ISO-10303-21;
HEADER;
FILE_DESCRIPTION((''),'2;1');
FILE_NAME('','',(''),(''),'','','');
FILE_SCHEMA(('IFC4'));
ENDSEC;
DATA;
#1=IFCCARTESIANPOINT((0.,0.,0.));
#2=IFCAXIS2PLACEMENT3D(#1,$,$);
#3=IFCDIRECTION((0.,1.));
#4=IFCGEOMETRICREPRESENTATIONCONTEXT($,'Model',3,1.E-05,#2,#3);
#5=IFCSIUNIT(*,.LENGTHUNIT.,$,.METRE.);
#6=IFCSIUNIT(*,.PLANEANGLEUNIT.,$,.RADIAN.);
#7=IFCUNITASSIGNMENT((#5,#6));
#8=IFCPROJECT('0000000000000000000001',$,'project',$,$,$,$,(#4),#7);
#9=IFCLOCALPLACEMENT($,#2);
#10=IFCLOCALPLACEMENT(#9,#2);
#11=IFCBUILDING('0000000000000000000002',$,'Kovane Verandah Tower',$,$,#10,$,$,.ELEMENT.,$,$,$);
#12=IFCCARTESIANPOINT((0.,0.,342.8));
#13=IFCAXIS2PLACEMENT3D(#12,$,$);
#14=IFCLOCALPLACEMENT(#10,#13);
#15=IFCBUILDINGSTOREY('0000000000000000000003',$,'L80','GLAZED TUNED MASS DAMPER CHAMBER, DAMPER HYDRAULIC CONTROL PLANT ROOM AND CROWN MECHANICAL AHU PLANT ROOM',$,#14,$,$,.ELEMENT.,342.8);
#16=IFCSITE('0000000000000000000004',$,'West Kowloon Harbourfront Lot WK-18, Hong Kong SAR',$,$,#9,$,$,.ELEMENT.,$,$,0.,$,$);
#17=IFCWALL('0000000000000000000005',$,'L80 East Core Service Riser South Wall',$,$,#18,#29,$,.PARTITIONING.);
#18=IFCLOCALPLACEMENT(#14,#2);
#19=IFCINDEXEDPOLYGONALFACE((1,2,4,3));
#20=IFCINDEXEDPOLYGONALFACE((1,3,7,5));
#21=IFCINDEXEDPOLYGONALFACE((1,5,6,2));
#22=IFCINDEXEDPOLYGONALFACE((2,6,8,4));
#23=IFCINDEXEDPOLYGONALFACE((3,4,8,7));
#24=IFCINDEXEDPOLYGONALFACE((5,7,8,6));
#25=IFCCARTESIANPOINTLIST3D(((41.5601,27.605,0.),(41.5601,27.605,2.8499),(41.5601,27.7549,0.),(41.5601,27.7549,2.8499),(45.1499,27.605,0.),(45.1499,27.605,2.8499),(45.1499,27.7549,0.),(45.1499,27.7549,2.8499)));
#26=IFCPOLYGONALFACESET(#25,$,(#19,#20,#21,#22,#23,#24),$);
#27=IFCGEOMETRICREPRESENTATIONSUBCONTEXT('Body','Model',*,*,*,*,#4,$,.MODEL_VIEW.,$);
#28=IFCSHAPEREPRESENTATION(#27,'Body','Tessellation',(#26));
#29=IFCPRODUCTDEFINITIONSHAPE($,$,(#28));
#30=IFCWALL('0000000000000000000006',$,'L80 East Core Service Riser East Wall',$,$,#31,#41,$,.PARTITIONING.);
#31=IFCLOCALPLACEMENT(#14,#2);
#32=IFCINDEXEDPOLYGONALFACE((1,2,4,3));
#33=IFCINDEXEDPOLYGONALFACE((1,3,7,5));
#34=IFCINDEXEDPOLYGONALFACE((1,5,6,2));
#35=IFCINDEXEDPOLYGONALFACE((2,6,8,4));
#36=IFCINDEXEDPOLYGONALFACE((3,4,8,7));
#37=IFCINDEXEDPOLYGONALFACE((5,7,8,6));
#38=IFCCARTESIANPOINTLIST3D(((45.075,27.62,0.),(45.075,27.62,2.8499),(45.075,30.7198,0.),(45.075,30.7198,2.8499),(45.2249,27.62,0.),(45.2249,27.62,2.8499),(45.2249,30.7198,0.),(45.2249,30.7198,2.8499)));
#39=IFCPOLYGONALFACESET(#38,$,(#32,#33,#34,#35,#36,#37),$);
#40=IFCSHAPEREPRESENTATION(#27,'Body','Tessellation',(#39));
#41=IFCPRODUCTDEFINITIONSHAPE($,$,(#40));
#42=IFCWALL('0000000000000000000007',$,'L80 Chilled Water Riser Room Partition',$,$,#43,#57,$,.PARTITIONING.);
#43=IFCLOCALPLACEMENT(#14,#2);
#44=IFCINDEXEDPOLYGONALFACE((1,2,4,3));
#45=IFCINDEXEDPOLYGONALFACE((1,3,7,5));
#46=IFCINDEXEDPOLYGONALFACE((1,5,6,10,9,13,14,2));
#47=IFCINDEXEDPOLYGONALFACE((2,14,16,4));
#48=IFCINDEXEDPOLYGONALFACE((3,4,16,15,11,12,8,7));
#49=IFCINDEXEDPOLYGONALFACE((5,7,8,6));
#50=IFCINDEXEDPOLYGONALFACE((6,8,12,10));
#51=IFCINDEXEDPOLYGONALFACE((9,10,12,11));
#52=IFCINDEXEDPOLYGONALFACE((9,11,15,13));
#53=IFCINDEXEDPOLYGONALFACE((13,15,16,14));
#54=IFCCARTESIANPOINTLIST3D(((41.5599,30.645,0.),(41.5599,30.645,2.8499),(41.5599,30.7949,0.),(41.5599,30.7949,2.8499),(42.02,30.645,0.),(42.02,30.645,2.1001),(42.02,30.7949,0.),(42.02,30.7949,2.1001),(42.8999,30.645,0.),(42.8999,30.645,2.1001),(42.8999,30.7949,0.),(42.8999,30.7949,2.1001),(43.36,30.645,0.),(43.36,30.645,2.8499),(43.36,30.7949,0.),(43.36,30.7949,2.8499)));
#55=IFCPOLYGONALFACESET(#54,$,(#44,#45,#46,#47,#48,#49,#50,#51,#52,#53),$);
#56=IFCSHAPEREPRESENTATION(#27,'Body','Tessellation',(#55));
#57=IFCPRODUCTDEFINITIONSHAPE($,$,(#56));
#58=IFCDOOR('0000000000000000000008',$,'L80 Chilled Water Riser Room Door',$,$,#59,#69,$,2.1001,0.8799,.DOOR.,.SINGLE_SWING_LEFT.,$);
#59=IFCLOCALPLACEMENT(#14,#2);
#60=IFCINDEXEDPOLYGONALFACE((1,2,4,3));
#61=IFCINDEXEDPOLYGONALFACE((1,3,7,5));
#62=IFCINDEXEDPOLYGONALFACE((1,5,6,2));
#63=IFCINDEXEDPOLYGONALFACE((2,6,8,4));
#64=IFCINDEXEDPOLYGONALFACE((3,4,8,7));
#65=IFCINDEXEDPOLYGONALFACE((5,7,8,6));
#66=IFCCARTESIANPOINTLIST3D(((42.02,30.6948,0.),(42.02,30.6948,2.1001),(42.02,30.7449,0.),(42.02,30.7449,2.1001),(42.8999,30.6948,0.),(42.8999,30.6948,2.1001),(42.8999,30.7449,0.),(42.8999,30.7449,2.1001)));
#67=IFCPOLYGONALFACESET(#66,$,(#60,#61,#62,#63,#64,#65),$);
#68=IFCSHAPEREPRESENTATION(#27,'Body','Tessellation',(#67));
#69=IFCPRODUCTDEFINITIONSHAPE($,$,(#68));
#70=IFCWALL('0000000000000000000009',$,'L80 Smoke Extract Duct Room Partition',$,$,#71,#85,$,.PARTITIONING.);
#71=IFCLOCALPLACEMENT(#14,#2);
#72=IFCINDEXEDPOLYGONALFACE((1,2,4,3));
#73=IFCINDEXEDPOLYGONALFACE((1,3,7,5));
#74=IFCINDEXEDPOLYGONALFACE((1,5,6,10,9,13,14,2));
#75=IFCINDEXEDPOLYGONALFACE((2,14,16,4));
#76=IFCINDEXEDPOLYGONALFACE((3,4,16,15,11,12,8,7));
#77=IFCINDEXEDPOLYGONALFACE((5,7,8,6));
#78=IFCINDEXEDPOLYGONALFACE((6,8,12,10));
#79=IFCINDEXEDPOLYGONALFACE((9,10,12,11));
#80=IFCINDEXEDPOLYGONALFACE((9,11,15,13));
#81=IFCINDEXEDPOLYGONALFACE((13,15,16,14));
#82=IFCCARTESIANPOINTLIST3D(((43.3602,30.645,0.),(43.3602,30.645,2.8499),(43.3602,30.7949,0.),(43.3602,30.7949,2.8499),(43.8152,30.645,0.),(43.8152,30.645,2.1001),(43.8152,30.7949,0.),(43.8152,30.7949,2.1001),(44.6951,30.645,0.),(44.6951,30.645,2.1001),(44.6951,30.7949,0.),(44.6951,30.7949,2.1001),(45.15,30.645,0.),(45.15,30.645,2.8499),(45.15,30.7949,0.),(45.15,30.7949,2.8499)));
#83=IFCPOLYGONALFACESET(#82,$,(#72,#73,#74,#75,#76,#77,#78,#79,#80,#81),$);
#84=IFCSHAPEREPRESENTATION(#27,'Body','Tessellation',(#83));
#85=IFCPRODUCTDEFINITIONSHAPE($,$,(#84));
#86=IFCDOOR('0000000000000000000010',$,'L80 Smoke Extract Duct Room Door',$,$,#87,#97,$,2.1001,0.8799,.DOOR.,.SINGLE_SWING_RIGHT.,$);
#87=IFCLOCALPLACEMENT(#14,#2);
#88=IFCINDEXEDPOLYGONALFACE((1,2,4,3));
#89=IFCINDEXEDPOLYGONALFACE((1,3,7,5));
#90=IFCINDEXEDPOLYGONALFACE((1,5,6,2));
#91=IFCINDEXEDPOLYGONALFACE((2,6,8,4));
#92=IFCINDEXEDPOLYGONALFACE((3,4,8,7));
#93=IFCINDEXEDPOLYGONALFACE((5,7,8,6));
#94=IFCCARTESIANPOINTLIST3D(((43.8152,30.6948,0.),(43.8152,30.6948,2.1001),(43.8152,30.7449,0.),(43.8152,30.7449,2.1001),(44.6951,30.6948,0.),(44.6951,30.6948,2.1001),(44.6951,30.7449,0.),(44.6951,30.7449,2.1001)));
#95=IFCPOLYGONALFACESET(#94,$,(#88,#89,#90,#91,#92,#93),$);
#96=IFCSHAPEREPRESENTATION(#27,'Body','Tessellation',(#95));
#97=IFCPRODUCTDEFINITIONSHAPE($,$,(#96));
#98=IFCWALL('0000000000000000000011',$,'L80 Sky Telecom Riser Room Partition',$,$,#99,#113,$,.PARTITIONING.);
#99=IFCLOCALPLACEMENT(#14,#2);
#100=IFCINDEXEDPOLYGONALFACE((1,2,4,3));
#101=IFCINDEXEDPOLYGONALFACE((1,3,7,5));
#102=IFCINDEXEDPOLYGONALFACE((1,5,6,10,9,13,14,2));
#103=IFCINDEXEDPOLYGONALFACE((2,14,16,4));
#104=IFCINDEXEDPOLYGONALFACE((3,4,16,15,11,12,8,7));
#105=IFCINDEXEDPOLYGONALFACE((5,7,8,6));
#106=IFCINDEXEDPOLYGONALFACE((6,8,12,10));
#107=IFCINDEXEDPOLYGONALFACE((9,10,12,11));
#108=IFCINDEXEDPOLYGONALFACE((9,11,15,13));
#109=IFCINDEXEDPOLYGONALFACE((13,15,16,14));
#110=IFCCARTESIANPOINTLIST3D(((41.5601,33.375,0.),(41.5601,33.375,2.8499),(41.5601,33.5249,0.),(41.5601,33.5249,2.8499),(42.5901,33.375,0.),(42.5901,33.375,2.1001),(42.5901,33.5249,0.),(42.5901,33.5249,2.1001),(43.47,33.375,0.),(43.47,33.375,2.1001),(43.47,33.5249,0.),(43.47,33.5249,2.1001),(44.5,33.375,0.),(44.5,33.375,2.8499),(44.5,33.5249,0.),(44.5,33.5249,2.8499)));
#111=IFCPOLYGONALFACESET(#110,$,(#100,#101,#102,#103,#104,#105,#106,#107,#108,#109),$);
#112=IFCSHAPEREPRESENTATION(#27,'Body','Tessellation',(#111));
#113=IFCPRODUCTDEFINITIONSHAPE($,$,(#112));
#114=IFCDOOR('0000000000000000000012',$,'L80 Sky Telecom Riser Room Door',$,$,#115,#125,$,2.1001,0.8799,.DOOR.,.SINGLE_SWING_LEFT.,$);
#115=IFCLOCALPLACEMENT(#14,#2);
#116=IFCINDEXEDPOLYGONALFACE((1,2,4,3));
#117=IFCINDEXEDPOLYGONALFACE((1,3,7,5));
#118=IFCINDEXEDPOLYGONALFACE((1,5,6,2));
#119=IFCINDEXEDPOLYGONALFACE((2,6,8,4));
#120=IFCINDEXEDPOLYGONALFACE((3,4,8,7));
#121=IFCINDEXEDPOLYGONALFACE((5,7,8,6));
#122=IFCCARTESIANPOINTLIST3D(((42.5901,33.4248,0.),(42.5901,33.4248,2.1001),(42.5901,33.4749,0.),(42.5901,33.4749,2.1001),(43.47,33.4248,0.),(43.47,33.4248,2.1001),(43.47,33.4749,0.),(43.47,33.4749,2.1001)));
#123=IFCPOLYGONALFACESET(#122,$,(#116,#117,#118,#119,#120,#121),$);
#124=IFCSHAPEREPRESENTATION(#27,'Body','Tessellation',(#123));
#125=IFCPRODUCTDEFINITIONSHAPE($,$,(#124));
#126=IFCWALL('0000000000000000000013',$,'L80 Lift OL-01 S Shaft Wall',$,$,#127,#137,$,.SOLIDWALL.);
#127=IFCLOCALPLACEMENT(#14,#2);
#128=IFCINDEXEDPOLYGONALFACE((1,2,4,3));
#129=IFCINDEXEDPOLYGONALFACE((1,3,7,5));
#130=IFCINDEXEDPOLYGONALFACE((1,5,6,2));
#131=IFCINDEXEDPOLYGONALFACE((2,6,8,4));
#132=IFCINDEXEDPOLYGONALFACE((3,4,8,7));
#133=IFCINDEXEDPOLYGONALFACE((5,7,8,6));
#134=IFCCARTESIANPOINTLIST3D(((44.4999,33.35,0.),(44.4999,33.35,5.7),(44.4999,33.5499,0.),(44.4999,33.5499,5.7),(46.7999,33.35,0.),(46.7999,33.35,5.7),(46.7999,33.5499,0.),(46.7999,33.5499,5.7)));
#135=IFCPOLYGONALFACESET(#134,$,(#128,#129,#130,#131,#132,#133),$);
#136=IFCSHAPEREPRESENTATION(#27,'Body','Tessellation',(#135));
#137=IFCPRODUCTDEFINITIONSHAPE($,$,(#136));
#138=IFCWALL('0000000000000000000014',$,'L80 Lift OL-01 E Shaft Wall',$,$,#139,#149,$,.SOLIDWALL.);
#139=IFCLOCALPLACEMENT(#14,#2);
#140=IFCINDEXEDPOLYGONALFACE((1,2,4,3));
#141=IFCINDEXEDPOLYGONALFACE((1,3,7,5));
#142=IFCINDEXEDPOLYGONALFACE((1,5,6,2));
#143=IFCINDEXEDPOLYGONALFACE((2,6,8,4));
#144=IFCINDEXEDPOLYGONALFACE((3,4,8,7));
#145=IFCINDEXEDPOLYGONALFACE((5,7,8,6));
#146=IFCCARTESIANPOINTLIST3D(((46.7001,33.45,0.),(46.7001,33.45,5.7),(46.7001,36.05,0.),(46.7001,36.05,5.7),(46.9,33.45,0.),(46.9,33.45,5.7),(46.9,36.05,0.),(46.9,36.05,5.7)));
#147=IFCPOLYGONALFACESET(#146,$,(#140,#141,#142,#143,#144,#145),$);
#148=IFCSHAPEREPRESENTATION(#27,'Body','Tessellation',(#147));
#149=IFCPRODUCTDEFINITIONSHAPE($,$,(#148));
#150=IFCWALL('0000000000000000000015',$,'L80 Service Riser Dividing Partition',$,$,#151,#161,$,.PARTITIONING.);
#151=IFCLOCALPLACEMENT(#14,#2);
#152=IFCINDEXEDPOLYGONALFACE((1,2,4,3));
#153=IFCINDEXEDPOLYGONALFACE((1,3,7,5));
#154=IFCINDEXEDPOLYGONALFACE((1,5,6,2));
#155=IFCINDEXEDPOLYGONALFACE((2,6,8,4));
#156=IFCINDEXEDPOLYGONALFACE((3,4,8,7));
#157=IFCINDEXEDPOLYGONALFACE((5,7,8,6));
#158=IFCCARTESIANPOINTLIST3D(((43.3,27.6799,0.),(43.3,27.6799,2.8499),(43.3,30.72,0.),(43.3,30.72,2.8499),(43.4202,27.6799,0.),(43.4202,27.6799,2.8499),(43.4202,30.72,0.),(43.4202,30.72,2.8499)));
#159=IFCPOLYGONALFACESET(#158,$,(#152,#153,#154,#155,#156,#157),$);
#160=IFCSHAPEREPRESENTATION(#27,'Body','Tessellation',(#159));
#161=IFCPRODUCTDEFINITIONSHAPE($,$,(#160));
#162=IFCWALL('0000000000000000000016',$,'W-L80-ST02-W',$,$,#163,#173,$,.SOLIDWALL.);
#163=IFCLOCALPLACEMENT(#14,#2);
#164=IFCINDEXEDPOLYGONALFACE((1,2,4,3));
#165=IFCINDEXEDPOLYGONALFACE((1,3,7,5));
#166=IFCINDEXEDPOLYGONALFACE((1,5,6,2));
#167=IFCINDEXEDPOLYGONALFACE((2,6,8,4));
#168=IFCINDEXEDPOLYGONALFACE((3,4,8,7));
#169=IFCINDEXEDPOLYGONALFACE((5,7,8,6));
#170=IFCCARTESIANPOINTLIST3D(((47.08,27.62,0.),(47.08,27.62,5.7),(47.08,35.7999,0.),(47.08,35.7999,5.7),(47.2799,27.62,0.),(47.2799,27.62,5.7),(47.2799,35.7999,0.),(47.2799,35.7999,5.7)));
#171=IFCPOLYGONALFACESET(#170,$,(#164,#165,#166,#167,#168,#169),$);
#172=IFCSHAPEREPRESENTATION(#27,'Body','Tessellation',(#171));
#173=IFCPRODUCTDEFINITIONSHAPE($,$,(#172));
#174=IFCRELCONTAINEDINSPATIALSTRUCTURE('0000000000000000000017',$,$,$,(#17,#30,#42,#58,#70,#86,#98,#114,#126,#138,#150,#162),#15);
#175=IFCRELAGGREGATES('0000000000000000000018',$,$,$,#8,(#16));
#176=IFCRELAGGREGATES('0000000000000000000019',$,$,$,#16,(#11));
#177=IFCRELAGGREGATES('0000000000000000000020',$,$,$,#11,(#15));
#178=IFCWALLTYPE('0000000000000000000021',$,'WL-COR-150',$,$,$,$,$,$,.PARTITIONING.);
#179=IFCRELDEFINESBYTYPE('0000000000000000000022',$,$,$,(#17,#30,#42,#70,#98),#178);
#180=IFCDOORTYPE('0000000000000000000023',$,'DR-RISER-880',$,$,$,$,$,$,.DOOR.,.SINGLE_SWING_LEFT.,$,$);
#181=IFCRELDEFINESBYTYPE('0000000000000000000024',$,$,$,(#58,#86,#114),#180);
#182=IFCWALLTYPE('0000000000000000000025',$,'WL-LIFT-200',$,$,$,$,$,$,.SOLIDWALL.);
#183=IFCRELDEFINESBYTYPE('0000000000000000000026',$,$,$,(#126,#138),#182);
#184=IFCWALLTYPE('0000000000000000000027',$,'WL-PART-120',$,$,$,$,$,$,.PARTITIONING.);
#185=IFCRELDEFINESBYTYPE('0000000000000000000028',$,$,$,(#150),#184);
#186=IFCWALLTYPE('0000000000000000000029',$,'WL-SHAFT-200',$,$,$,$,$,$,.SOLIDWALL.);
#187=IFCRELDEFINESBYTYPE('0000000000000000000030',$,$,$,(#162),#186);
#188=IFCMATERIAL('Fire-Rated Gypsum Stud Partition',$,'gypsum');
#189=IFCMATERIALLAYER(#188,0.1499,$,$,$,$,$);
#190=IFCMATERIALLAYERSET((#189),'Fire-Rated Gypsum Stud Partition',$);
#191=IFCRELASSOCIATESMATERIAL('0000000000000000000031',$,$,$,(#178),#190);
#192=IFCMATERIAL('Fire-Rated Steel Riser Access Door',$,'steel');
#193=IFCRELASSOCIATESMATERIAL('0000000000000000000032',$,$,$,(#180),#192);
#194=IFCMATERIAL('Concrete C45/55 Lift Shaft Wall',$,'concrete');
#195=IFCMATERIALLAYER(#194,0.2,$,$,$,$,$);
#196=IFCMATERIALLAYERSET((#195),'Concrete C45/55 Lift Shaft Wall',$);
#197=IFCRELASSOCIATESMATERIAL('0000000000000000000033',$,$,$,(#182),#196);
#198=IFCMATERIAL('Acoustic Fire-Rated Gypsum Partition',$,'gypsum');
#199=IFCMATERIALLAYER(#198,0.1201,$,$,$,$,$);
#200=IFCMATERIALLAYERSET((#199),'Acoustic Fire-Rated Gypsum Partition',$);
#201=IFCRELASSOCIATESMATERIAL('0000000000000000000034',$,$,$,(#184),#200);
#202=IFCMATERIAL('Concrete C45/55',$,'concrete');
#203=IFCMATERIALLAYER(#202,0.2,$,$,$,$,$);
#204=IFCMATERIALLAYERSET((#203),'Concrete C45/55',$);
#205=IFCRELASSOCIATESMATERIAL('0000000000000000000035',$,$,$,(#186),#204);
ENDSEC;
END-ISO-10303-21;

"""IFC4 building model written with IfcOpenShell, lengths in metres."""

from ifc_helpers import new_model, si_unit, direction, frame, frame_2d, origin, place, context, subcontext, project, spatial, rectangle, extrude, material, layer, layer_set, type_object, element, fill, save


model = new_model("IFC4")

# Units and contexts
model_context = context("Model", 3, precision=1e-05, world=origin(), true_north=direction((0.0, 1.0)))
body_context = subcontext(model_context, "Body", "Model", "MODEL_VIEW")
ifc_project = project(units=[si_unit("LENGTHUNIT", "METRE"), si_unit("PLANEANGLEUNIT", "RADIAN")], contexts=[model_context])

# Site, building, storey
site_placement = place(None, origin())
site = spatial("IfcSite", under=ifc_project, at=site_placement, Name="West Kowloon Harbourfront Lot WK-18, Hong Kong SAR", CompositionType="ELEMENT", RefElevation=0.0)
building_placement = place(site_placement, origin())
building = spatial("IfcBuilding", under=site, at=building_placement, Name="Kovane Verandah Tower", CompositionType="ELEMENT")
storey_placement = place(building_placement, frame((0.0, 0.0, 342.8)))
storey = spatial("IfcBuildingStorey", under=building, at=storey_placement, Name="L80", Description="GLAZED TUNED MASS DAMPER CHAMBER, DAMPER HYDRAULIC CONTROL PLANT ROOM AND CROWN MECHANICAL AHU PLANT ROOM", CompositionType="ELEMENT", Elevation=342.8)

# Walls
ifc_material_1 = material(Name="Fire-Rated Gypsum Stud Partition", Category="gypsum")
ifc_layer_1 = layer(ifc_material_1, 0.1499)
ifc_layer_set_1 = layer_set([ifc_layer_1], Name="Fire-Rated Gypsum Stud Partition")
wall_type_1 = type_object("IfcWallType", Name="WL-COR-150", PredefinedType="PARTITIONING", material=ifc_layer_set_1)
wall_1_placement = place(storey_placement, frame((41.5601, 27.6799, 0.0), z_axis=(0.0, 0.0, 1.0), x_axis=(1.0, 0.0, 0.0)))
element("IfcWall", 1, at=wall_1_placement, inside=storey, type_object=wall_type_1, Name="L80 East Core Service Riser South Wall", PredefinedType="PARTITIONING", context=body_context, shape_type="SweptSolid", body=[
    extrude(rectangle(XDim=3.5898, YDim=0.1499, at=frame_2d((1.7949, 0.0))), origin(), (0.0, 0.0, 1.0), 2.8499),
])
wall_2_placement = place(storey_placement, frame((45.1499, 27.6201, 0.0), z_axis=(0.0, 0.0, 1.0), x_axis=(0.0, 1.0, 0.0)))
element("IfcWall", 2, at=wall_2_placement, inside=storey, type_object=wall_type_1, Name="L80 East Core Service Riser East Wall", PredefinedType="PARTITIONING", context=body_context, shape_type="SweptSolid", body=[
    extrude(rectangle(XDim=3.0999, YDim=0.1499, at=frame_2d((1.5498, 0.0))), origin(), (0.0, 0.0, 1.0), 2.8499),
])

# Walls, openings, doors
wall_3_placement = place(storey_placement, frame((41.5601, 30.72, 0.0), z_axis=(0.0, 0.0, 1.0), x_axis=(1.0, 0.0, 0.0)))
wall_3 = element("IfcWall", 3, at=wall_3_placement, inside=storey, type_object=wall_type_1, Name="L80 Chilled Water Riser Room Partition", PredefinedType="PARTITIONING", context=body_context, shape_type="SweptSolid", body=[
    extrude(rectangle(XDim=1.8, YDim=0.1499, at=frame_2d((0.8999, 0.0))), origin(), (0.0, 0.0, 1.0), 2.8499),
])
opening_1_placement = place(wall_3_placement, frame((0.46, 0.0, 0.0)))
opening_1 = element("IfcOpeningElement", 4, at=opening_1_placement, cuts=wall_3, PredefinedType="OPENING", context=body_context, shape_type="SweptSolid", body=[
    extrude(rectangle(XDim=0.8799, YDim=2.1001, at=frame_2d((0.4399, 1.05))), frame((0.0, 0.075, 0.0), z_axis=(0.0, -1.0, 0.0), x_axis=(1.0, 0.0, 0.0)), (0.0, 0.0, 1.0), 0.1499),
])
ifc_material_2 = material(Name="Fire-Rated Steel Riser Access Door", Category="steel")
door_type_1 = type_object("IfcDoorType", Name="DR-RISER-880", OperationType="SINGLE_SWING_LEFT", PredefinedType="DOOR", material=ifc_material_2)
door_1_placement = place(opening_1_placement, origin())
door_1 = element("IfcDoor", 5, at=door_1_placement, inside=storey, type_object=door_type_1, Name="L80 Chilled Water Riser Room Door", OperationType="SINGLE_SWING_LEFT", OverallHeight=2.1001, OverallWidth=0.8799, PredefinedType="DOOR", context=body_context, shape_type="SweptSolid", body=[
    extrude(rectangle(XDim=0.8799, YDim=2.1001, at=frame_2d((0.4399, 1.05))), frame((0.0, 0.0249, 0.0), z_axis=(0.0, -1.0, 0.0), x_axis=(1.0, 0.0, 0.0)), (0.0, 0.0, 1.0), 0.05),
])
fill(opening_1, door_1)
wall_4_placement = place(storey_placement, frame((43.3601, 30.72, 0.0), z_axis=(0.0, 0.0, 1.0), x_axis=(1.0, 0.0, 0.0)))
wall_4 = element("IfcWall", 6, at=wall_4_placement, inside=storey, type_object=wall_type_1, Name="L80 Smoke Extract Duct Room Partition", PredefinedType="PARTITIONING", context=body_context, shape_type="SweptSolid", body=[
    extrude(rectangle(XDim=1.7898, YDim=0.1499, at=frame_2d((0.895, 0.0))), origin(), (0.0, 0.0, 1.0), 2.8499),
])
opening_2_placement = place(wall_4_placement, frame((0.4551, 0.0, 0.0)))
opening_2 = element("IfcOpeningElement", 7, at=opening_2_placement, cuts=wall_4, PredefinedType="OPENING", context=body_context, shape_type="SweptSolid", body=[
    extrude(rectangle(XDim=0.8799, YDim=2.1001, at=frame_2d((0.4399, 1.05))), frame((0.0, 0.075, 0.0), z_axis=(0.0, -1.0, 0.0), x_axis=(1.0, 0.0, 0.0)), (0.0, 0.0, 1.0), 0.1499),
])
door_2_placement = place(opening_2_placement, origin())
door_2 = element("IfcDoor", 8, at=door_2_placement, inside=storey, type_object=door_type_1, Name="L80 Smoke Extract Duct Room Door", OperationType="SINGLE_SWING_RIGHT", OverallHeight=2.1001, OverallWidth=0.8799, PredefinedType="DOOR", context=body_context, shape_type="SweptSolid", body=[
    extrude(rectangle(XDim=0.8799, YDim=2.1001, at=frame_2d((0.4399, 1.05))), frame((0.0, 0.0249, 0.0), z_axis=(0.0, -1.0, 0.0), x_axis=(1.0, 0.0, 0.0)), (0.0, 0.0, 1.0), 0.05),
])
fill(opening_2, door_2)
wall_5_placement = place(storey_placement, frame((41.5601, 33.45, 0.0), z_axis=(0.0, 0.0, 1.0), x_axis=(1.0, 0.0, 0.0)))
wall_5 = element("IfcWall", 9, at=wall_5_placement, inside=storey, type_object=wall_type_1, Name="L80 Sky Telecom Riser Room Partition", PredefinedType="PARTITIONING", context=body_context, shape_type="SweptSolid", body=[
    extrude(rectangle(XDim=2.9399, YDim=0.1499, at=frame_2d((1.47, 0.0))), origin(), (0.0, 0.0, 1.0), 2.8499),
])
opening_3_placement = place(wall_5_placement, frame((1.03, 0.0, 0.0)))
opening_3 = element("IfcOpeningElement", 10, at=opening_3_placement, cuts=wall_5, PredefinedType="OPENING", context=body_context, shape_type="SweptSolid", body=[
    extrude(rectangle(XDim=0.8799, YDim=2.1001, at=frame_2d((0.4399, 1.05))), frame((0.0, 0.075, 0.0), z_axis=(0.0, -1.0, 0.0), x_axis=(1.0, 0.0, 0.0)), (0.0, 0.0, 1.0), 0.1499),
])
door_3_placement = place(opening_3_placement, origin())
door_3 = element("IfcDoor", 11, at=door_3_placement, inside=storey, type_object=door_type_1, Name="L80 Sky Telecom Riser Room Door", OperationType="SINGLE_SWING_LEFT", OverallHeight=2.1001, OverallWidth=0.8799, PredefinedType="DOOR", context=body_context, shape_type="SweptSolid", body=[
    extrude(rectangle(XDim=0.8799, YDim=2.1001, at=frame_2d((0.4399, 1.05))), frame((0.0, 0.0249, 0.0), z_axis=(0.0, -1.0, 0.0), x_axis=(1.0, 0.0, 0.0)), (0.0, 0.0, 1.0), 0.05),
])
fill(opening_3, door_3)

# Walls
ifc_material_3 = material(Name="Concrete C45/55 Lift Shaft Wall", Category="concrete")
ifc_layer_2 = layer(ifc_material_3, 0.2)
ifc_layer_set_2 = layer_set([ifc_layer_2], Name="Concrete C45/55 Lift Shaft Wall")
wall_type_2 = type_object("IfcWallType", Name="WL-LIFT-200", PredefinedType="SOLIDWALL", material=ifc_layer_set_2)
wall_6_placement = place(storey_placement, frame((44.5, 33.45, 0.0), z_axis=(0.0, 0.0, 1.0), x_axis=(1.0, 0.0, 0.0)))
element("IfcWall", 12, at=wall_6_placement, inside=storey, type_object=wall_type_2, Name="L80 Lift OL-01 S Shaft Wall", PredefinedType="SOLIDWALL", context=body_context, shape_type="SweptSolid", body=[
    extrude(rectangle(XDim=2.3, YDim=0.2, at=frame_2d((1.1499, 0.0))), origin(), (0.0, 0.0, 1.0), 5.7),
])
wall_7_placement = place(storey_placement, frame((46.8, 33.45, 0.0), z_axis=(0.0, 0.0, 1.0), x_axis=(0.0, 1.0, 0.0)))
element("IfcWall", 13, at=wall_7_placement, inside=storey, type_object=wall_type_2, Name="L80 Lift OL-01 E Shaft Wall", PredefinedType="SOLIDWALL", context=body_context, shape_type="SweptSolid", body=[
    extrude(rectangle(XDim=2.6001, YDim=0.2, at=frame_2d((1.3, 0.0))), origin(), (0.0, 0.0, 1.0), 5.7),
])
ifc_material_4 = material(Name="Acoustic Fire-Rated Gypsum Partition", Category="gypsum")
ifc_layer_3 = layer(ifc_material_4, 0.1201)
ifc_layer_set_3 = layer_set([ifc_layer_3], Name="Acoustic Fire-Rated Gypsum Partition")
wall_type_3 = type_object("IfcWallType", Name="WL-PART-120", PredefinedType="PARTITIONING", material=ifc_layer_set_3)
wall_8_placement = place(storey_placement, frame((43.3601, 27.6799, 0.0), z_axis=(0.0, 0.0, 1.0), x_axis=(0.0, 1.0, 0.0)))
element("IfcWall", 14, at=wall_8_placement, inside=storey, type_object=wall_type_3, Name="L80 Service Riser Dividing Partition", PredefinedType="PARTITIONING", context=body_context, shape_type="SweptSolid", body=[
    extrude(rectangle(XDim=3.04, YDim=0.1201, at=frame_2d((1.52, 0.0))), origin(), (0.0, 0.0, 1.0), 2.8499),
])
ifc_material_5 = material(Name="Concrete C45/55", Category="concrete")
ifc_layer_4 = layer(ifc_material_5, 0.2)
ifc_layer_set_4 = layer_set([ifc_layer_4], Name="Concrete C45/55")
wall_type_4 = type_object("IfcWallType", Name="WL-SHAFT-200", PredefinedType="SOLIDWALL", material=ifc_layer_set_4)
wall_9_placement = place(storey_placement, frame((47.1799, 27.6201, 0.0), z_axis=(0.0, 0.0, 1.0), x_axis=(0.0, 1.0, 0.0)))
element("IfcWall", 15, at=wall_9_placement, inside=storey, type_object=wall_type_4, Name="W-L80-ST02-W", PredefinedType="SOLIDWALL", context=body_context, shape_type="SweptSolid", body=[
    extrude(rectangle(XDim=8.1799, YDim=0.2, at=frame_2d((4.0898, 0.0))), origin(), (0.0, 0.0, 1.0), 5.7),
])

save(model, "model.ifc")
